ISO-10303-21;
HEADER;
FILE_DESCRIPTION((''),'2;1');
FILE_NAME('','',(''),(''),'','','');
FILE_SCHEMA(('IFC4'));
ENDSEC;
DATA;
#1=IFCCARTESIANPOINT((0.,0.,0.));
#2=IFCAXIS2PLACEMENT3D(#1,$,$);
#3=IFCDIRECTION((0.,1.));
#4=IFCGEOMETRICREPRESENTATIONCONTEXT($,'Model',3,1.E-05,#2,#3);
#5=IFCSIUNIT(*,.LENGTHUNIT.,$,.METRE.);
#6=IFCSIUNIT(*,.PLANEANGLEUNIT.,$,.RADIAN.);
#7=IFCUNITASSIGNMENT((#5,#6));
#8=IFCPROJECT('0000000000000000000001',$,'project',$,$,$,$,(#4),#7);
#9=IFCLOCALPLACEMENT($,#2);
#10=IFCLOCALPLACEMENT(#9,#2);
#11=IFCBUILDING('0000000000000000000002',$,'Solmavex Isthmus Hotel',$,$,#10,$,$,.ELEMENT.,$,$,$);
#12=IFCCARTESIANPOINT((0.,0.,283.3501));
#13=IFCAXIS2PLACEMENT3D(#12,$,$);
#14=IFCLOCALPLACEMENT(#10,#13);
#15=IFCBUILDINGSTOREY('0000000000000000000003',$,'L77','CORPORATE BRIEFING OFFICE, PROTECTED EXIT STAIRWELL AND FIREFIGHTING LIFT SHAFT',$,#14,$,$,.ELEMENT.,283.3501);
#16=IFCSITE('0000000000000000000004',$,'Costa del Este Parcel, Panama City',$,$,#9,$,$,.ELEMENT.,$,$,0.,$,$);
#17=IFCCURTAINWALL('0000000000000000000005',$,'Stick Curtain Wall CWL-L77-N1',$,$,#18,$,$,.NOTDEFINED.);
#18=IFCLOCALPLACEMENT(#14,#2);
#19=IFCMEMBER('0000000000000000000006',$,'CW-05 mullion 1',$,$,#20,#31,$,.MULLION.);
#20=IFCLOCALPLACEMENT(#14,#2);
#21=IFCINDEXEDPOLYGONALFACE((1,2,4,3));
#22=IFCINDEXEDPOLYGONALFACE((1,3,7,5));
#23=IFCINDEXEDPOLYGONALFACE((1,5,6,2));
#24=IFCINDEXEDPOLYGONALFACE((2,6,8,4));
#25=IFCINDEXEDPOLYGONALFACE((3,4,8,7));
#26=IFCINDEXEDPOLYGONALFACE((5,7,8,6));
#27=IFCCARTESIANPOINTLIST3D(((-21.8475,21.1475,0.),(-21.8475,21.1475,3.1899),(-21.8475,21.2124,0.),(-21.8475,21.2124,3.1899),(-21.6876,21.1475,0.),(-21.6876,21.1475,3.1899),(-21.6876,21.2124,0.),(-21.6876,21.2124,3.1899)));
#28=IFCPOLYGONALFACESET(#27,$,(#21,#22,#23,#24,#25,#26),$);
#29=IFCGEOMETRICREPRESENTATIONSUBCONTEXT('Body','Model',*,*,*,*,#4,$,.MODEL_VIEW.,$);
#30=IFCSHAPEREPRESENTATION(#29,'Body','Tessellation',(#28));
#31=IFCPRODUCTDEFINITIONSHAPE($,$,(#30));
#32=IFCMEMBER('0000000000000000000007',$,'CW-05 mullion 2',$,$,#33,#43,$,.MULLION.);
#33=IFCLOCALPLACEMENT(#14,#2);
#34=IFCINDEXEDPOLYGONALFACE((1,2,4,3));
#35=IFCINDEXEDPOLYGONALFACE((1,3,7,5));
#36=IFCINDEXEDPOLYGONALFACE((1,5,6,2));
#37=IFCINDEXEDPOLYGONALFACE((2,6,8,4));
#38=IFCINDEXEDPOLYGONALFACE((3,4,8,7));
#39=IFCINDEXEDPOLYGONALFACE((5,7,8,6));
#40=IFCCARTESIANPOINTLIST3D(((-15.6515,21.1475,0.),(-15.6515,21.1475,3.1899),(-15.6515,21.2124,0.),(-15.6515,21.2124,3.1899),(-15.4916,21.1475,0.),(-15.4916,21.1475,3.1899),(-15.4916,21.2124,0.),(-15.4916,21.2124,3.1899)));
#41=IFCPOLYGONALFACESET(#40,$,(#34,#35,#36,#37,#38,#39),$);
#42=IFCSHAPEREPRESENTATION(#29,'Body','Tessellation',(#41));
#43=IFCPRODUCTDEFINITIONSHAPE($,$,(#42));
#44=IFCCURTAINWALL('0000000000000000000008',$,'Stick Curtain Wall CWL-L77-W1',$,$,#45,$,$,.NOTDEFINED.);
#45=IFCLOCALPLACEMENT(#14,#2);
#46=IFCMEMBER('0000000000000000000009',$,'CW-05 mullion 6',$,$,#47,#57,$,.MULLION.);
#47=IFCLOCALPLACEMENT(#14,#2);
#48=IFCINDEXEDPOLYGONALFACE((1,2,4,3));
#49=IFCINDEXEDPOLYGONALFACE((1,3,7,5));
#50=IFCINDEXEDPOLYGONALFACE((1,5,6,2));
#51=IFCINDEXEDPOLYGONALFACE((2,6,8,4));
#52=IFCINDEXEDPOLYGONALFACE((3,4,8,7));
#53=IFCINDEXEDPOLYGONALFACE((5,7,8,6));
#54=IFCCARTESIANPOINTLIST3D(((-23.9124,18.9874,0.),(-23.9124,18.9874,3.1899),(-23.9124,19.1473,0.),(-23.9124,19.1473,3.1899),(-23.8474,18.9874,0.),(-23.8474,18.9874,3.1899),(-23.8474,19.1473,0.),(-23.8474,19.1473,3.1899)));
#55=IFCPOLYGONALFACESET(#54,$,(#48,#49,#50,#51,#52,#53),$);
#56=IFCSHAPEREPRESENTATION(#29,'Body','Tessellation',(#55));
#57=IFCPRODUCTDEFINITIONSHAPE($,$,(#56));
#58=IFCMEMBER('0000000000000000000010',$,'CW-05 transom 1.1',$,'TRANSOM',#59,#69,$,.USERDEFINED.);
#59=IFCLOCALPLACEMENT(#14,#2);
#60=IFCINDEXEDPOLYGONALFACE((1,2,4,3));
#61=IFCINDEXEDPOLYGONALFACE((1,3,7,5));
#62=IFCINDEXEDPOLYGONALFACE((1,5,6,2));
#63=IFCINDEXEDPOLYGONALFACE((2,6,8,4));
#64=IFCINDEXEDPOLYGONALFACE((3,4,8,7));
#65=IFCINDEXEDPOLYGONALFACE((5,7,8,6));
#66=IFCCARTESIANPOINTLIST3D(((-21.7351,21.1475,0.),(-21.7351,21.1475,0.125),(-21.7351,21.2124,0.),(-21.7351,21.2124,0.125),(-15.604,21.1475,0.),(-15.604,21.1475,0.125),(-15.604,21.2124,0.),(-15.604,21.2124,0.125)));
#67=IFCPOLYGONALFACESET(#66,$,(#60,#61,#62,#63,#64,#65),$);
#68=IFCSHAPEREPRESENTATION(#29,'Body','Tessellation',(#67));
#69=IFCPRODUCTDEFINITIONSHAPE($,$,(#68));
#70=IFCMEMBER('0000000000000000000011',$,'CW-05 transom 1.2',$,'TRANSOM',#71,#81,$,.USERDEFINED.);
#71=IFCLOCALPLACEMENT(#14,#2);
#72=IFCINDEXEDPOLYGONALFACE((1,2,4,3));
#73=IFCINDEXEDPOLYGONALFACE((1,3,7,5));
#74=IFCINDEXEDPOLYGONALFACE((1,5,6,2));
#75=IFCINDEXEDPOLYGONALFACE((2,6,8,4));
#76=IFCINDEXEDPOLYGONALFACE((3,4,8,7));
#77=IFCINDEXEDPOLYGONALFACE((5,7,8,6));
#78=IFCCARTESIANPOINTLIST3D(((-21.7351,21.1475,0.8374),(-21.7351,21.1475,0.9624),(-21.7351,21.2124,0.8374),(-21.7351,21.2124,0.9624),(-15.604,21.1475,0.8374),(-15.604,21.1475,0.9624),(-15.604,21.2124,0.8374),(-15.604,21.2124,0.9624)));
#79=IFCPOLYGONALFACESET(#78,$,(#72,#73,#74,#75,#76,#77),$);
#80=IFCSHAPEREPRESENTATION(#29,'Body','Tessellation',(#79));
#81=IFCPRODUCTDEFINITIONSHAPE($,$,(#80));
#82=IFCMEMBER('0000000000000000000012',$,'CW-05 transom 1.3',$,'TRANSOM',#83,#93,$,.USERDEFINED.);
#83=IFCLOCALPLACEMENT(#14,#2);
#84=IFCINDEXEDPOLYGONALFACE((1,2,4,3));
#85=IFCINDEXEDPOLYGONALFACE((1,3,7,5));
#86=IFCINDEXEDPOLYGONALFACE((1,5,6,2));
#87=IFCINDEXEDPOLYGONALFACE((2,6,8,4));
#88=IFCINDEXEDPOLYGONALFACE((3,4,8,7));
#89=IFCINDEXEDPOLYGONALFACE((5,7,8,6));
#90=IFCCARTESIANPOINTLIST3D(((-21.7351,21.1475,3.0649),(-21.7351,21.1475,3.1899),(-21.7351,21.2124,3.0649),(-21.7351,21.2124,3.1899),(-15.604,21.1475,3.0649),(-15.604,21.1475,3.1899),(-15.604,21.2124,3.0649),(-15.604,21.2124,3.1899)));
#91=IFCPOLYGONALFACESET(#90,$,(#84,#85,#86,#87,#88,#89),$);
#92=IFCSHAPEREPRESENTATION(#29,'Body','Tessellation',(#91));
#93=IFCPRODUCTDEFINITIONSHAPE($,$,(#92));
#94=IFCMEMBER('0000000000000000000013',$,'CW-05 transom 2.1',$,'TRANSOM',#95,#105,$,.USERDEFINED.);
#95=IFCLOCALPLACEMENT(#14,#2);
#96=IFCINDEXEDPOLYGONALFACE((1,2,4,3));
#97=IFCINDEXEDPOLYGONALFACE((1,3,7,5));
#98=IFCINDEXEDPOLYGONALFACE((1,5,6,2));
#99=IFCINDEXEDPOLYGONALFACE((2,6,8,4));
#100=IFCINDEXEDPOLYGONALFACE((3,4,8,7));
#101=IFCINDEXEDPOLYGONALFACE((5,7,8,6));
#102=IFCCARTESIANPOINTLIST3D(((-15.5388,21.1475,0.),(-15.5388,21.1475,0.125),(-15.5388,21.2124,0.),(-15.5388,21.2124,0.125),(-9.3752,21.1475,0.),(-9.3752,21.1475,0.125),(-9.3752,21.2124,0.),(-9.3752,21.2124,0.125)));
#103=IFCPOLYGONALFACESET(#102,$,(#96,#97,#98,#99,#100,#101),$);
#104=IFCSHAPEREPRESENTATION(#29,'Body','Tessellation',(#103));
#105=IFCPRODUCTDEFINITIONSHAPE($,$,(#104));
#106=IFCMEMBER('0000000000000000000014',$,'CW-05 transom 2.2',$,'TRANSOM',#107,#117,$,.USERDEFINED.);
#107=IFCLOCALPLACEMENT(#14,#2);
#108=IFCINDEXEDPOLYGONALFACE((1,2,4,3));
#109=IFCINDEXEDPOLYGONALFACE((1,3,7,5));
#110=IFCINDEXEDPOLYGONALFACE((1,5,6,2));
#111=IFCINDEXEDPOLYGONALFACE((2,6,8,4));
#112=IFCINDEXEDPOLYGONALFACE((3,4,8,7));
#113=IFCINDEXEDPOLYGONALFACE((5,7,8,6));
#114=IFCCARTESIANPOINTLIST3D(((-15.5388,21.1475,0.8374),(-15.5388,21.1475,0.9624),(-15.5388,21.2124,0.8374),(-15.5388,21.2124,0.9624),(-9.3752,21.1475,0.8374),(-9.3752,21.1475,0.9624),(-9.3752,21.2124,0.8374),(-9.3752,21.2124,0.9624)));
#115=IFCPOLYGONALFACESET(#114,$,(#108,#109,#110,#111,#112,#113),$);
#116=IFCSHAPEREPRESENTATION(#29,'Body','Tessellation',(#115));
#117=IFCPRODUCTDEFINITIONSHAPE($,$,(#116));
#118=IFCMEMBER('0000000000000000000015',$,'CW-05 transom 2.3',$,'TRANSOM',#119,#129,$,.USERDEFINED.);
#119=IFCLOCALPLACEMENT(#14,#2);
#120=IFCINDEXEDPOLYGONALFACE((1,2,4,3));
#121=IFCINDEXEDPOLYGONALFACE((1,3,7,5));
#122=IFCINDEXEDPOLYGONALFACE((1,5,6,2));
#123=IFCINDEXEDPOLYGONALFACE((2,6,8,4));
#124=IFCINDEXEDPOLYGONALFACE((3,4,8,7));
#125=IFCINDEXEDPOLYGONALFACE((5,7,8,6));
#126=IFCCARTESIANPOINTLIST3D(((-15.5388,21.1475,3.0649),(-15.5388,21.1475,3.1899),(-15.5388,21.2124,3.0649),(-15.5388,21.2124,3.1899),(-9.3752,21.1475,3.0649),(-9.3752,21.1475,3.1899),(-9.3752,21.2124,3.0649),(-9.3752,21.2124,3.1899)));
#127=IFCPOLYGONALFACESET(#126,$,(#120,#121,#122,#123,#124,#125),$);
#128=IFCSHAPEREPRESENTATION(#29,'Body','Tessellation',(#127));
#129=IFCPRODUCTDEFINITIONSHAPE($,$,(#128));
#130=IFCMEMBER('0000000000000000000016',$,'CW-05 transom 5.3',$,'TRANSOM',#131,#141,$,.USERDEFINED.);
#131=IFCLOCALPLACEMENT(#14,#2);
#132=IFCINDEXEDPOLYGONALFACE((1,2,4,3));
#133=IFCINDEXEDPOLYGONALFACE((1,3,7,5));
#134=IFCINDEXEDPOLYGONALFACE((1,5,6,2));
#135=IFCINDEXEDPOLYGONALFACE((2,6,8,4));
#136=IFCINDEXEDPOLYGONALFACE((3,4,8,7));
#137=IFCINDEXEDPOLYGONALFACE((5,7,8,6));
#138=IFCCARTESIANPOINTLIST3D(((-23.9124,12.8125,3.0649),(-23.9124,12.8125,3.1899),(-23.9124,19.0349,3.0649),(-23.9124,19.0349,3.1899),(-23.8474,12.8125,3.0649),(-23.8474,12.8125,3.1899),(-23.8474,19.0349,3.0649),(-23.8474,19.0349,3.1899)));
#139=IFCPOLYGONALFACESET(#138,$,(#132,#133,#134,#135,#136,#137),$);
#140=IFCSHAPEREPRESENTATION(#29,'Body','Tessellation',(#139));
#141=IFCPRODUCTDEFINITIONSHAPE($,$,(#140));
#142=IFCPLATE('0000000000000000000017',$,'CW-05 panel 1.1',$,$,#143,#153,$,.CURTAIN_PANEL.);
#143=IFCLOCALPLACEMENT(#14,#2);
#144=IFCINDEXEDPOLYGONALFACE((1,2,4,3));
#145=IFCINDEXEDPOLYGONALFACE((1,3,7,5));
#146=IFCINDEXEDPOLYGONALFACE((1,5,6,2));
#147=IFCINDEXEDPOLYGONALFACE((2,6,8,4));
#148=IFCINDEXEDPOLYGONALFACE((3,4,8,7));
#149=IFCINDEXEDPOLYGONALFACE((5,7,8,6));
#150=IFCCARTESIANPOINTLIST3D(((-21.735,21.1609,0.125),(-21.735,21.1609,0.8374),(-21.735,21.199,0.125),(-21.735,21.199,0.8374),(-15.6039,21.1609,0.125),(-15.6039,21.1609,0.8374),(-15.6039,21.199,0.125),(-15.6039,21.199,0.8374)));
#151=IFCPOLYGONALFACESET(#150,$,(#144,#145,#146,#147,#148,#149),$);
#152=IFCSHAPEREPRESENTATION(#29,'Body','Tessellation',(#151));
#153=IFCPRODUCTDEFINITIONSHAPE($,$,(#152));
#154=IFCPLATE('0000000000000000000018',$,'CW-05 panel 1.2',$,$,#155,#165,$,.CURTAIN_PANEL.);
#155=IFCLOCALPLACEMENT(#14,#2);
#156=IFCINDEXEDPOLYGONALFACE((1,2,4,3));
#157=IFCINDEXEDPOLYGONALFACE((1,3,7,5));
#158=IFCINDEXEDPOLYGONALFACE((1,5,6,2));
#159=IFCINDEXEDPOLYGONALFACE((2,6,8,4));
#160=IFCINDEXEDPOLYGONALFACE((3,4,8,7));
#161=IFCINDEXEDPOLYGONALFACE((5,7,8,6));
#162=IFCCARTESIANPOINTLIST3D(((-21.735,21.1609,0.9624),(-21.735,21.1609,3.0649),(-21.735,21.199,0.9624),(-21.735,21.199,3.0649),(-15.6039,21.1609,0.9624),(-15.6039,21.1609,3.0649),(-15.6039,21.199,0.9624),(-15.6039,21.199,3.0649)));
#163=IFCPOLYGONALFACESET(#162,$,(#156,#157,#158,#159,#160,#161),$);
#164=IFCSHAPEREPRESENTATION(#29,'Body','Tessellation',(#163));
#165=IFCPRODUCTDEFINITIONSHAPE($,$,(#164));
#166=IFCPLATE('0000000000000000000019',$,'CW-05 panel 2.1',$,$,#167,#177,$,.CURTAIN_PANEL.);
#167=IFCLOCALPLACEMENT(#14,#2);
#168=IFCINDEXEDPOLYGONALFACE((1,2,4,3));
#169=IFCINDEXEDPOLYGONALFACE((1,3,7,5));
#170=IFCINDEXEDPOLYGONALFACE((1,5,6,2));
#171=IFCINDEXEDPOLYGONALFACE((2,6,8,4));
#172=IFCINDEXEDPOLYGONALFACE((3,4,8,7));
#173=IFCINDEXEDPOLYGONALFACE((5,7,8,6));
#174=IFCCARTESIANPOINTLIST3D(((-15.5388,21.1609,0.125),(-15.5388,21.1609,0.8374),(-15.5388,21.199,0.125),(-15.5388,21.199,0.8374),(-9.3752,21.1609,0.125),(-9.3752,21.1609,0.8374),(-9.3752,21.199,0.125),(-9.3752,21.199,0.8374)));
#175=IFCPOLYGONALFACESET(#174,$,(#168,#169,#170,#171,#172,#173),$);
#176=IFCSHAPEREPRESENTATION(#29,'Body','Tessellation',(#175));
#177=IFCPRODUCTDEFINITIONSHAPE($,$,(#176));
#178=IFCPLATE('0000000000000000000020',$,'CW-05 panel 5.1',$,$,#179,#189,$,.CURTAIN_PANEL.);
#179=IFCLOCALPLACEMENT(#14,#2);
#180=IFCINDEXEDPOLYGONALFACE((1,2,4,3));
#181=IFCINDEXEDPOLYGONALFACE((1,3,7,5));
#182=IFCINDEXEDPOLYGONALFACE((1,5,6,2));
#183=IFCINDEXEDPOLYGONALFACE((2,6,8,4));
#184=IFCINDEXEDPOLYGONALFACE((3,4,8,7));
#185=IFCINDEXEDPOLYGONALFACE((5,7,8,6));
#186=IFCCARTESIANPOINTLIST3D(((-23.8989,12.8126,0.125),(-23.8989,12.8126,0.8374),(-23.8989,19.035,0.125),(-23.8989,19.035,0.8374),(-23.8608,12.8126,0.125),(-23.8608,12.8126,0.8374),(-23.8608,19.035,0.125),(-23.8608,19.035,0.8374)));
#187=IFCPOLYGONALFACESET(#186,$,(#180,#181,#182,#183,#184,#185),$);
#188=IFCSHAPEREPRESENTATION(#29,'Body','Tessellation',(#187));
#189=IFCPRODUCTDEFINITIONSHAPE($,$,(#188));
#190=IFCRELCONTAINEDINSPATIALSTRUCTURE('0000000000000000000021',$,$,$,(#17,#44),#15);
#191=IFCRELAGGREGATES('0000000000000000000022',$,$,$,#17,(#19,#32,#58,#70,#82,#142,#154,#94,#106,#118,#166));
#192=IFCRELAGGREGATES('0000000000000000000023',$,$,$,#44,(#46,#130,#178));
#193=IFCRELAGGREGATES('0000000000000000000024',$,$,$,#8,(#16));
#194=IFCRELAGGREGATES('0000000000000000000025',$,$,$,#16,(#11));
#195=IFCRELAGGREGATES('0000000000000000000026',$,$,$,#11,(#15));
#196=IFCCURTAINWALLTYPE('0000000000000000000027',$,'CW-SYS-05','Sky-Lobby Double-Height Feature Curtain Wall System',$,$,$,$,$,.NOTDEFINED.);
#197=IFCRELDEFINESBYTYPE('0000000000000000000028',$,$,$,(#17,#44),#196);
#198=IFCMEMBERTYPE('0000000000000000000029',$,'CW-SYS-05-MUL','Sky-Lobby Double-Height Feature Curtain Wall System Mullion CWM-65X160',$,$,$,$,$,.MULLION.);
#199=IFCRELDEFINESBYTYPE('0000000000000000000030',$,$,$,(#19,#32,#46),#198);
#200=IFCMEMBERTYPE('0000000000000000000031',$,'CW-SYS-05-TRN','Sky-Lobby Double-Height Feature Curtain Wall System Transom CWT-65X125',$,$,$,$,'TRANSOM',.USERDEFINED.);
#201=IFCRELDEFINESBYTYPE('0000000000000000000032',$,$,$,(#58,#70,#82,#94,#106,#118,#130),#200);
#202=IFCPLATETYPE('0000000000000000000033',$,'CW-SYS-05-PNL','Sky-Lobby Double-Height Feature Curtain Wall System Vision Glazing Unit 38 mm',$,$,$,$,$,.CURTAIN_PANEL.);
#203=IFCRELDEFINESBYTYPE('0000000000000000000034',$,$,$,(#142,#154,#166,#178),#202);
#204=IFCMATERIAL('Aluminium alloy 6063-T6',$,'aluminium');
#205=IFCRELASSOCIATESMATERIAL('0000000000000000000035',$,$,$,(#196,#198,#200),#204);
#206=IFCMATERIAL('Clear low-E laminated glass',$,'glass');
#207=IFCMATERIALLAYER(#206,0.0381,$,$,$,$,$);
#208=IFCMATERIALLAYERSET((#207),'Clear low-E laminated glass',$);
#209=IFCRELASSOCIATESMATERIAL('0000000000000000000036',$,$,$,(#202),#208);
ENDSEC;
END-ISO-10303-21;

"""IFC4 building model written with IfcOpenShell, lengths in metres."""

from ifc_helpers import new_model, si_unit, direction, frame, origin, origin_2d, place, context, subcontext, project, spatial, rectangle, extrude, material, layer, layer_set, material_profile, profile_set, type_object, element, aggregate, save


model = new_model("IFC4")

# Units and contexts
model_context = context("Model", 3, precision=1e-05, world=origin(), true_north=direction((0.0, 1.0)))
body_context = subcontext(model_context, "Body", "Model", "MODEL_VIEW")
ifc_project = project(units=[si_unit("LENGTHUNIT", "METRE"), si_unit("PLANEANGLEUNIT", "RADIAN")], contexts=[model_context])

# Site, building, storey
site_placement = place(None, origin())
site = spatial("IfcSite", under=ifc_project, at=site_placement, Name="Costa del Este Parcel, Panama City", CompositionType="ELEMENT", RefElevation=0.0)
building_placement = place(site_placement, origin())
building = spatial("IfcBuilding", under=site, at=building_placement, Name="Solmavex Isthmus Hotel", CompositionType="ELEMENT")
storey_placement = place(building_placement, frame((0.0, 0.0, 283.3501)))
storey = spatial("IfcBuildingStorey", under=building, at=storey_placement, Name="L77", Description="CORPORATE BRIEFING OFFICE, PROTECTED EXIT STAIRWELL AND FIREFIGHTING LIFT SHAFT", CompositionType="ELEMENT", Elevation=283.3501)

# Curtain wall, members
ifc_material_1 = material(Name="Aluminium alloy 6063-T6", Category="aluminium")
curtain_wall_type = type_object("IfcCurtainWallType", Name="CW-SYS-05", Description="Sky-Lobby Double-Height Feature Curtain Wall System", PredefinedType="NOTDEFINED", material=ifc_material_1)
curtain_wall_1_placement = place(storey_placement, origin())
curtain_wall_1 = element("IfcCurtainWall", 1, at=curtain_wall_1_placement, inside=storey, type_object=curtain_wall_type, Name="Stick Curtain Wall CWL-L77-N1", PredefinedType="NOTDEFINED")
ifc_material_profile_1 = material_profile(ifc_material_1, rectangle(XDim=0.0649, YDim=0.1599, at=origin_2d()), Name="CWM-65X160")
ifc_profile_set_1 = profile_set([ifc_material_profile_1], Name="Aluminium alloy 6063-T6")
member_type_1 = type_object("IfcMemberType", Name="CW-SYS-05-MUL", Description="Sky-Lobby Double-Height Feature Curtain Wall System Mullion CWM-65X160", PredefinedType="MULLION", material=ifc_profile_set_1)
member_1_placement = place(storey_placement, frame((-21.7676, 21.1799, 0.0), z_axis=(0.0, 0.0, 1.0), x_axis=(0.0, 1.0, 0.0)))
member_1 = element("IfcMember", 2, at=member_1_placement, type_object=member_type_1, Name="CW-05 mullion 1", PredefinedType="MULLION", context=body_context, shape_type="SweptSolid", body=[
    extrude(rectangle(XDim=0.0649, YDim=0.1599, at=origin_2d()), origin(), (0.0, 0.0, 1.0), 3.1899),
])
member_2_placement = place(storey_placement, frame((-15.5715, 21.1799, 0.0), z_axis=(0.0, 0.0, 1.0), x_axis=(0.0, 1.0, 0.0)))
member_2 = element("IfcMember", 3, at=member_2_placement, type_object=member_type_1, Name="CW-05 mullion 2", PredefinedType="MULLION", context=body_context, shape_type="SweptSolid", body=[
    extrude(rectangle(XDim=0.0649, YDim=0.1599, at=origin_2d()), origin(), (0.0, 0.0, 1.0), 3.1899),
])

# Curtain wall, member
curtain_wall_2_placement = place(storey_placement, origin())
curtain_wall_2 = element("IfcCurtainWall", 4, at=curtain_wall_2_placement, inside=storey, type_object=curtain_wall_type, Name="Stick Curtain Wall CWL-L77-W1", PredefinedType="NOTDEFINED")
member_3_placement = place(storey_placement, frame((-23.8799, 19.0674, 0.0), z_axis=(0.0, 0.0, 1.0), x_axis=(-1.0, 0.0, 0.0)))
member_3 = element("IfcMember", 5, at=member_3_placement, type_object=member_type_1, Name="CW-05 mullion 6", PredefinedType="MULLION", context=body_context, shape_type="SweptSolid", body=[
    extrude(rectangle(XDim=0.0649, YDim=0.1599, at=origin_2d()), origin(), (0.0, 0.0, 1.0), 3.1899),
])

# Members
ifc_material_profile_2 = material_profile(ifc_material_1, rectangle(XDim=0.0649, YDim=0.125, at=origin_2d()), Name="CWT-65X125")
ifc_profile_set_2 = profile_set([ifc_material_profile_2], Name="Aluminium alloy 6063-T6")
member_type_2 = type_object("IfcMemberType", Name="CW-SYS-05-TRN", Description="Sky-Lobby Double-Height Feature Curtain Wall System Transom CWT-65X125", ElementType="TRANSOM", PredefinedType="USERDEFINED", material=ifc_profile_set_2)
member_4_placement = place(storey_placement, frame((-21.7351, 21.1799, 0.0625), z_axis=(1.0, 0.0, 0.0), x_axis=(0.0, 1.0, 0.0)))
member_4 = element("IfcMember", 6, at=member_4_placement, type_object=member_type_2, Name="CW-05 transom 1.1", ObjectType="TRANSOM", PredefinedType="USERDEFINED", context=body_context, shape_type="SweptSolid", body=[
    extrude(rectangle(XDim=0.0649, YDim=0.125, at=origin_2d()), origin(), (0.0, 0.0, 1.0), 6.1311),
])
member_5_placement = place(storey_placement, frame((-21.7351, 21.1799, 0.8999), z_axis=(1.0, 0.0, 0.0), x_axis=(0.0, 1.0, 0.0)))
member_5 = element("IfcMember", 7, at=member_5_placement, type_object=member_type_2, Name="CW-05 transom 1.2", ObjectType="TRANSOM", PredefinedType="USERDEFINED", context=body_context, shape_type="SweptSolid", body=[
    extrude(rectangle(XDim=0.0649, YDim=0.125, at=origin_2d()), origin(), (0.0, 0.0, 1.0), 6.1311),
])
member_6_placement = place(storey_placement, frame((-21.7351, 21.1799, 3.1274), z_axis=(1.0, 0.0, 0.0), x_axis=(0.0, 1.0, 0.0)))
member_6 = element("IfcMember", 8, at=member_6_placement, type_object=member_type_2, Name="CW-05 transom 1.3", ObjectType="TRANSOM", PredefinedType="USERDEFINED", context=body_context, shape_type="SweptSolid", body=[
    extrude(rectangle(XDim=0.0649, YDim=0.125, at=origin_2d()), origin(), (0.0, 0.0, 1.0), 6.1311),
])
member_7_placement = place(storey_placement, frame((-15.5388, 21.1799, 0.0625), z_axis=(1.0, 0.0, 0.0), x_axis=(0.0, 1.0, 0.0)))
member_7 = element("IfcMember", 9, at=member_7_placement, type_object=member_type_2, Name="CW-05 transom 2.1", ObjectType="TRANSOM", PredefinedType="USERDEFINED", context=body_context, shape_type="SweptSolid", body=[
    extrude(rectangle(XDim=0.0649, YDim=0.125, at=origin_2d()), origin(), (0.0, 0.0, 1.0), 6.1636),
])
member_8_placement = place(storey_placement, frame((-15.5388, 21.1799, 0.8999), z_axis=(1.0, 0.0, 0.0), x_axis=(0.0, 1.0, 0.0)))
member_8 = element("IfcMember", 10, at=member_8_placement, type_object=member_type_2, Name="CW-05 transom 2.2", ObjectType="TRANSOM", PredefinedType="USERDEFINED", context=body_context, shape_type="SweptSolid", body=[
    extrude(rectangle(XDim=0.0649, YDim=0.125, at=origin_2d()), origin(), (0.0, 0.0, 1.0), 6.1636),
])
member_9_placement = place(storey_placement, frame((-15.5388, 21.1799, 3.1274), z_axis=(1.0, 0.0, 0.0), x_axis=(0.0, 1.0, 0.0)))
member_9 = element("IfcMember", 11, at=member_9_placement, type_object=member_type_2, Name="CW-05 transom 2.3", ObjectType="TRANSOM", PredefinedType="USERDEFINED", context=body_context, shape_type="SweptSolid", body=[
    extrude(rectangle(XDim=0.0649, YDim=0.125, at=origin_2d()), origin(), (0.0, 0.0, 1.0), 6.1636),
])
member_10_placement = place(storey_placement, frame((-23.8799, 12.8125, 3.1274), z_axis=(0.0, 1.0, 0.0), x_axis=(-1.0, 0.0, 0.0)))
member_10 = element("IfcMember", 12, at=member_10_placement, type_object=member_type_2, Name="CW-05 transom 5.3", ObjectType="TRANSOM", PredefinedType="USERDEFINED", context=body_context, shape_type="SweptSolid", body=[
    extrude(rectangle(XDim=0.0649, YDim=0.125, at=origin_2d()), origin(), (0.0, 0.0, 1.0), 6.2224),
])

# Plates
ifc_material_2 = material(Name="Clear low-E laminated glass", Category="glass")
ifc_layer_1 = layer(ifc_material_2, 0.0381)
ifc_layer_set_1 = layer_set([ifc_layer_1], Name="Clear low-E laminated glass")
plate_type = type_object("IfcPlateType", Name="CW-SYS-05-PNL", Description="Sky-Lobby Double-Height Feature Curtain Wall System Vision Glazing Unit 38 mm", PredefinedType="CURTAIN_PANEL", material=ifc_layer_set_1)
plate_1_placement = place(storey_placement, frame((-18.6694, 21.1799, 0.125), z_axis=(0.0, 0.0, 1.0), x_axis=(1.0, 0.0, 0.0)))
plate_1 = element("IfcPlate", 13, at=plate_1_placement, type_object=plate_type, Name="CW-05 panel 1.1", PredefinedType="CURTAIN_PANEL", context=body_context, shape_type="SweptSolid", body=[
    extrude(rectangle(XDim=6.1311, YDim=0.0381, at=origin_2d()), origin(), (0.0, 0.0, 1.0), 0.7124),
])
plate_2_placement = place(storey_placement, frame((-18.6694, 21.1799, 0.9624), z_axis=(0.0, 0.0, 1.0), x_axis=(1.0, 0.0, 0.0)))
plate_2 = element("IfcPlate", 14, at=plate_2_placement, type_object=plate_type, Name="CW-05 panel 1.2", PredefinedType="CURTAIN_PANEL", context=body_context, shape_type="SweptSolid", body=[
    extrude(rectangle(XDim=6.1311, YDim=0.0381, at=origin_2d()), origin(), (0.0, 0.0, 1.0), 2.1025),
])
plate_3_placement = place(storey_placement, frame((-12.457, 21.1799, 0.125), z_axis=(0.0, 0.0, 1.0), x_axis=(1.0, 0.0, 0.0)))
plate_3 = element("IfcPlate", 15, at=plate_3_placement, type_object=plate_type, Name="CW-05 panel 2.1", PredefinedType="CURTAIN_PANEL", context=body_context, shape_type="SweptSolid", body=[
    extrude(rectangle(XDim=6.1636, YDim=0.0381, at=origin_2d()), origin(), (0.0, 0.0, 1.0), 0.7124),
])
aggregate(curtain_wall_1, [member_1, member_2, member_4, member_5, member_6, plate_1, plate_2, member_7, member_8, member_9, plate_3])
plate_4_placement = place(storey_placement, frame((-23.8799, 15.9238, 0.125), z_axis=(0.0, 0.0, 1.0), x_axis=(0.0, 1.0, 0.0)))
plate_4 = element("IfcPlate", 16, at=plate_4_placement, type_object=plate_type, Name="CW-05 panel 5.1", PredefinedType="CURTAIN_PANEL", context=body_context, shape_type="SweptSolid", body=[
    extrude(rectangle(XDim=6.2224, YDim=0.0381, at=origin_2d()), origin(), (0.0, 0.0, 1.0), 0.7124),
])
aggregate(curtain_wall_2, [member_3, member_10, plate_4])

save(model, "model.ifc")
